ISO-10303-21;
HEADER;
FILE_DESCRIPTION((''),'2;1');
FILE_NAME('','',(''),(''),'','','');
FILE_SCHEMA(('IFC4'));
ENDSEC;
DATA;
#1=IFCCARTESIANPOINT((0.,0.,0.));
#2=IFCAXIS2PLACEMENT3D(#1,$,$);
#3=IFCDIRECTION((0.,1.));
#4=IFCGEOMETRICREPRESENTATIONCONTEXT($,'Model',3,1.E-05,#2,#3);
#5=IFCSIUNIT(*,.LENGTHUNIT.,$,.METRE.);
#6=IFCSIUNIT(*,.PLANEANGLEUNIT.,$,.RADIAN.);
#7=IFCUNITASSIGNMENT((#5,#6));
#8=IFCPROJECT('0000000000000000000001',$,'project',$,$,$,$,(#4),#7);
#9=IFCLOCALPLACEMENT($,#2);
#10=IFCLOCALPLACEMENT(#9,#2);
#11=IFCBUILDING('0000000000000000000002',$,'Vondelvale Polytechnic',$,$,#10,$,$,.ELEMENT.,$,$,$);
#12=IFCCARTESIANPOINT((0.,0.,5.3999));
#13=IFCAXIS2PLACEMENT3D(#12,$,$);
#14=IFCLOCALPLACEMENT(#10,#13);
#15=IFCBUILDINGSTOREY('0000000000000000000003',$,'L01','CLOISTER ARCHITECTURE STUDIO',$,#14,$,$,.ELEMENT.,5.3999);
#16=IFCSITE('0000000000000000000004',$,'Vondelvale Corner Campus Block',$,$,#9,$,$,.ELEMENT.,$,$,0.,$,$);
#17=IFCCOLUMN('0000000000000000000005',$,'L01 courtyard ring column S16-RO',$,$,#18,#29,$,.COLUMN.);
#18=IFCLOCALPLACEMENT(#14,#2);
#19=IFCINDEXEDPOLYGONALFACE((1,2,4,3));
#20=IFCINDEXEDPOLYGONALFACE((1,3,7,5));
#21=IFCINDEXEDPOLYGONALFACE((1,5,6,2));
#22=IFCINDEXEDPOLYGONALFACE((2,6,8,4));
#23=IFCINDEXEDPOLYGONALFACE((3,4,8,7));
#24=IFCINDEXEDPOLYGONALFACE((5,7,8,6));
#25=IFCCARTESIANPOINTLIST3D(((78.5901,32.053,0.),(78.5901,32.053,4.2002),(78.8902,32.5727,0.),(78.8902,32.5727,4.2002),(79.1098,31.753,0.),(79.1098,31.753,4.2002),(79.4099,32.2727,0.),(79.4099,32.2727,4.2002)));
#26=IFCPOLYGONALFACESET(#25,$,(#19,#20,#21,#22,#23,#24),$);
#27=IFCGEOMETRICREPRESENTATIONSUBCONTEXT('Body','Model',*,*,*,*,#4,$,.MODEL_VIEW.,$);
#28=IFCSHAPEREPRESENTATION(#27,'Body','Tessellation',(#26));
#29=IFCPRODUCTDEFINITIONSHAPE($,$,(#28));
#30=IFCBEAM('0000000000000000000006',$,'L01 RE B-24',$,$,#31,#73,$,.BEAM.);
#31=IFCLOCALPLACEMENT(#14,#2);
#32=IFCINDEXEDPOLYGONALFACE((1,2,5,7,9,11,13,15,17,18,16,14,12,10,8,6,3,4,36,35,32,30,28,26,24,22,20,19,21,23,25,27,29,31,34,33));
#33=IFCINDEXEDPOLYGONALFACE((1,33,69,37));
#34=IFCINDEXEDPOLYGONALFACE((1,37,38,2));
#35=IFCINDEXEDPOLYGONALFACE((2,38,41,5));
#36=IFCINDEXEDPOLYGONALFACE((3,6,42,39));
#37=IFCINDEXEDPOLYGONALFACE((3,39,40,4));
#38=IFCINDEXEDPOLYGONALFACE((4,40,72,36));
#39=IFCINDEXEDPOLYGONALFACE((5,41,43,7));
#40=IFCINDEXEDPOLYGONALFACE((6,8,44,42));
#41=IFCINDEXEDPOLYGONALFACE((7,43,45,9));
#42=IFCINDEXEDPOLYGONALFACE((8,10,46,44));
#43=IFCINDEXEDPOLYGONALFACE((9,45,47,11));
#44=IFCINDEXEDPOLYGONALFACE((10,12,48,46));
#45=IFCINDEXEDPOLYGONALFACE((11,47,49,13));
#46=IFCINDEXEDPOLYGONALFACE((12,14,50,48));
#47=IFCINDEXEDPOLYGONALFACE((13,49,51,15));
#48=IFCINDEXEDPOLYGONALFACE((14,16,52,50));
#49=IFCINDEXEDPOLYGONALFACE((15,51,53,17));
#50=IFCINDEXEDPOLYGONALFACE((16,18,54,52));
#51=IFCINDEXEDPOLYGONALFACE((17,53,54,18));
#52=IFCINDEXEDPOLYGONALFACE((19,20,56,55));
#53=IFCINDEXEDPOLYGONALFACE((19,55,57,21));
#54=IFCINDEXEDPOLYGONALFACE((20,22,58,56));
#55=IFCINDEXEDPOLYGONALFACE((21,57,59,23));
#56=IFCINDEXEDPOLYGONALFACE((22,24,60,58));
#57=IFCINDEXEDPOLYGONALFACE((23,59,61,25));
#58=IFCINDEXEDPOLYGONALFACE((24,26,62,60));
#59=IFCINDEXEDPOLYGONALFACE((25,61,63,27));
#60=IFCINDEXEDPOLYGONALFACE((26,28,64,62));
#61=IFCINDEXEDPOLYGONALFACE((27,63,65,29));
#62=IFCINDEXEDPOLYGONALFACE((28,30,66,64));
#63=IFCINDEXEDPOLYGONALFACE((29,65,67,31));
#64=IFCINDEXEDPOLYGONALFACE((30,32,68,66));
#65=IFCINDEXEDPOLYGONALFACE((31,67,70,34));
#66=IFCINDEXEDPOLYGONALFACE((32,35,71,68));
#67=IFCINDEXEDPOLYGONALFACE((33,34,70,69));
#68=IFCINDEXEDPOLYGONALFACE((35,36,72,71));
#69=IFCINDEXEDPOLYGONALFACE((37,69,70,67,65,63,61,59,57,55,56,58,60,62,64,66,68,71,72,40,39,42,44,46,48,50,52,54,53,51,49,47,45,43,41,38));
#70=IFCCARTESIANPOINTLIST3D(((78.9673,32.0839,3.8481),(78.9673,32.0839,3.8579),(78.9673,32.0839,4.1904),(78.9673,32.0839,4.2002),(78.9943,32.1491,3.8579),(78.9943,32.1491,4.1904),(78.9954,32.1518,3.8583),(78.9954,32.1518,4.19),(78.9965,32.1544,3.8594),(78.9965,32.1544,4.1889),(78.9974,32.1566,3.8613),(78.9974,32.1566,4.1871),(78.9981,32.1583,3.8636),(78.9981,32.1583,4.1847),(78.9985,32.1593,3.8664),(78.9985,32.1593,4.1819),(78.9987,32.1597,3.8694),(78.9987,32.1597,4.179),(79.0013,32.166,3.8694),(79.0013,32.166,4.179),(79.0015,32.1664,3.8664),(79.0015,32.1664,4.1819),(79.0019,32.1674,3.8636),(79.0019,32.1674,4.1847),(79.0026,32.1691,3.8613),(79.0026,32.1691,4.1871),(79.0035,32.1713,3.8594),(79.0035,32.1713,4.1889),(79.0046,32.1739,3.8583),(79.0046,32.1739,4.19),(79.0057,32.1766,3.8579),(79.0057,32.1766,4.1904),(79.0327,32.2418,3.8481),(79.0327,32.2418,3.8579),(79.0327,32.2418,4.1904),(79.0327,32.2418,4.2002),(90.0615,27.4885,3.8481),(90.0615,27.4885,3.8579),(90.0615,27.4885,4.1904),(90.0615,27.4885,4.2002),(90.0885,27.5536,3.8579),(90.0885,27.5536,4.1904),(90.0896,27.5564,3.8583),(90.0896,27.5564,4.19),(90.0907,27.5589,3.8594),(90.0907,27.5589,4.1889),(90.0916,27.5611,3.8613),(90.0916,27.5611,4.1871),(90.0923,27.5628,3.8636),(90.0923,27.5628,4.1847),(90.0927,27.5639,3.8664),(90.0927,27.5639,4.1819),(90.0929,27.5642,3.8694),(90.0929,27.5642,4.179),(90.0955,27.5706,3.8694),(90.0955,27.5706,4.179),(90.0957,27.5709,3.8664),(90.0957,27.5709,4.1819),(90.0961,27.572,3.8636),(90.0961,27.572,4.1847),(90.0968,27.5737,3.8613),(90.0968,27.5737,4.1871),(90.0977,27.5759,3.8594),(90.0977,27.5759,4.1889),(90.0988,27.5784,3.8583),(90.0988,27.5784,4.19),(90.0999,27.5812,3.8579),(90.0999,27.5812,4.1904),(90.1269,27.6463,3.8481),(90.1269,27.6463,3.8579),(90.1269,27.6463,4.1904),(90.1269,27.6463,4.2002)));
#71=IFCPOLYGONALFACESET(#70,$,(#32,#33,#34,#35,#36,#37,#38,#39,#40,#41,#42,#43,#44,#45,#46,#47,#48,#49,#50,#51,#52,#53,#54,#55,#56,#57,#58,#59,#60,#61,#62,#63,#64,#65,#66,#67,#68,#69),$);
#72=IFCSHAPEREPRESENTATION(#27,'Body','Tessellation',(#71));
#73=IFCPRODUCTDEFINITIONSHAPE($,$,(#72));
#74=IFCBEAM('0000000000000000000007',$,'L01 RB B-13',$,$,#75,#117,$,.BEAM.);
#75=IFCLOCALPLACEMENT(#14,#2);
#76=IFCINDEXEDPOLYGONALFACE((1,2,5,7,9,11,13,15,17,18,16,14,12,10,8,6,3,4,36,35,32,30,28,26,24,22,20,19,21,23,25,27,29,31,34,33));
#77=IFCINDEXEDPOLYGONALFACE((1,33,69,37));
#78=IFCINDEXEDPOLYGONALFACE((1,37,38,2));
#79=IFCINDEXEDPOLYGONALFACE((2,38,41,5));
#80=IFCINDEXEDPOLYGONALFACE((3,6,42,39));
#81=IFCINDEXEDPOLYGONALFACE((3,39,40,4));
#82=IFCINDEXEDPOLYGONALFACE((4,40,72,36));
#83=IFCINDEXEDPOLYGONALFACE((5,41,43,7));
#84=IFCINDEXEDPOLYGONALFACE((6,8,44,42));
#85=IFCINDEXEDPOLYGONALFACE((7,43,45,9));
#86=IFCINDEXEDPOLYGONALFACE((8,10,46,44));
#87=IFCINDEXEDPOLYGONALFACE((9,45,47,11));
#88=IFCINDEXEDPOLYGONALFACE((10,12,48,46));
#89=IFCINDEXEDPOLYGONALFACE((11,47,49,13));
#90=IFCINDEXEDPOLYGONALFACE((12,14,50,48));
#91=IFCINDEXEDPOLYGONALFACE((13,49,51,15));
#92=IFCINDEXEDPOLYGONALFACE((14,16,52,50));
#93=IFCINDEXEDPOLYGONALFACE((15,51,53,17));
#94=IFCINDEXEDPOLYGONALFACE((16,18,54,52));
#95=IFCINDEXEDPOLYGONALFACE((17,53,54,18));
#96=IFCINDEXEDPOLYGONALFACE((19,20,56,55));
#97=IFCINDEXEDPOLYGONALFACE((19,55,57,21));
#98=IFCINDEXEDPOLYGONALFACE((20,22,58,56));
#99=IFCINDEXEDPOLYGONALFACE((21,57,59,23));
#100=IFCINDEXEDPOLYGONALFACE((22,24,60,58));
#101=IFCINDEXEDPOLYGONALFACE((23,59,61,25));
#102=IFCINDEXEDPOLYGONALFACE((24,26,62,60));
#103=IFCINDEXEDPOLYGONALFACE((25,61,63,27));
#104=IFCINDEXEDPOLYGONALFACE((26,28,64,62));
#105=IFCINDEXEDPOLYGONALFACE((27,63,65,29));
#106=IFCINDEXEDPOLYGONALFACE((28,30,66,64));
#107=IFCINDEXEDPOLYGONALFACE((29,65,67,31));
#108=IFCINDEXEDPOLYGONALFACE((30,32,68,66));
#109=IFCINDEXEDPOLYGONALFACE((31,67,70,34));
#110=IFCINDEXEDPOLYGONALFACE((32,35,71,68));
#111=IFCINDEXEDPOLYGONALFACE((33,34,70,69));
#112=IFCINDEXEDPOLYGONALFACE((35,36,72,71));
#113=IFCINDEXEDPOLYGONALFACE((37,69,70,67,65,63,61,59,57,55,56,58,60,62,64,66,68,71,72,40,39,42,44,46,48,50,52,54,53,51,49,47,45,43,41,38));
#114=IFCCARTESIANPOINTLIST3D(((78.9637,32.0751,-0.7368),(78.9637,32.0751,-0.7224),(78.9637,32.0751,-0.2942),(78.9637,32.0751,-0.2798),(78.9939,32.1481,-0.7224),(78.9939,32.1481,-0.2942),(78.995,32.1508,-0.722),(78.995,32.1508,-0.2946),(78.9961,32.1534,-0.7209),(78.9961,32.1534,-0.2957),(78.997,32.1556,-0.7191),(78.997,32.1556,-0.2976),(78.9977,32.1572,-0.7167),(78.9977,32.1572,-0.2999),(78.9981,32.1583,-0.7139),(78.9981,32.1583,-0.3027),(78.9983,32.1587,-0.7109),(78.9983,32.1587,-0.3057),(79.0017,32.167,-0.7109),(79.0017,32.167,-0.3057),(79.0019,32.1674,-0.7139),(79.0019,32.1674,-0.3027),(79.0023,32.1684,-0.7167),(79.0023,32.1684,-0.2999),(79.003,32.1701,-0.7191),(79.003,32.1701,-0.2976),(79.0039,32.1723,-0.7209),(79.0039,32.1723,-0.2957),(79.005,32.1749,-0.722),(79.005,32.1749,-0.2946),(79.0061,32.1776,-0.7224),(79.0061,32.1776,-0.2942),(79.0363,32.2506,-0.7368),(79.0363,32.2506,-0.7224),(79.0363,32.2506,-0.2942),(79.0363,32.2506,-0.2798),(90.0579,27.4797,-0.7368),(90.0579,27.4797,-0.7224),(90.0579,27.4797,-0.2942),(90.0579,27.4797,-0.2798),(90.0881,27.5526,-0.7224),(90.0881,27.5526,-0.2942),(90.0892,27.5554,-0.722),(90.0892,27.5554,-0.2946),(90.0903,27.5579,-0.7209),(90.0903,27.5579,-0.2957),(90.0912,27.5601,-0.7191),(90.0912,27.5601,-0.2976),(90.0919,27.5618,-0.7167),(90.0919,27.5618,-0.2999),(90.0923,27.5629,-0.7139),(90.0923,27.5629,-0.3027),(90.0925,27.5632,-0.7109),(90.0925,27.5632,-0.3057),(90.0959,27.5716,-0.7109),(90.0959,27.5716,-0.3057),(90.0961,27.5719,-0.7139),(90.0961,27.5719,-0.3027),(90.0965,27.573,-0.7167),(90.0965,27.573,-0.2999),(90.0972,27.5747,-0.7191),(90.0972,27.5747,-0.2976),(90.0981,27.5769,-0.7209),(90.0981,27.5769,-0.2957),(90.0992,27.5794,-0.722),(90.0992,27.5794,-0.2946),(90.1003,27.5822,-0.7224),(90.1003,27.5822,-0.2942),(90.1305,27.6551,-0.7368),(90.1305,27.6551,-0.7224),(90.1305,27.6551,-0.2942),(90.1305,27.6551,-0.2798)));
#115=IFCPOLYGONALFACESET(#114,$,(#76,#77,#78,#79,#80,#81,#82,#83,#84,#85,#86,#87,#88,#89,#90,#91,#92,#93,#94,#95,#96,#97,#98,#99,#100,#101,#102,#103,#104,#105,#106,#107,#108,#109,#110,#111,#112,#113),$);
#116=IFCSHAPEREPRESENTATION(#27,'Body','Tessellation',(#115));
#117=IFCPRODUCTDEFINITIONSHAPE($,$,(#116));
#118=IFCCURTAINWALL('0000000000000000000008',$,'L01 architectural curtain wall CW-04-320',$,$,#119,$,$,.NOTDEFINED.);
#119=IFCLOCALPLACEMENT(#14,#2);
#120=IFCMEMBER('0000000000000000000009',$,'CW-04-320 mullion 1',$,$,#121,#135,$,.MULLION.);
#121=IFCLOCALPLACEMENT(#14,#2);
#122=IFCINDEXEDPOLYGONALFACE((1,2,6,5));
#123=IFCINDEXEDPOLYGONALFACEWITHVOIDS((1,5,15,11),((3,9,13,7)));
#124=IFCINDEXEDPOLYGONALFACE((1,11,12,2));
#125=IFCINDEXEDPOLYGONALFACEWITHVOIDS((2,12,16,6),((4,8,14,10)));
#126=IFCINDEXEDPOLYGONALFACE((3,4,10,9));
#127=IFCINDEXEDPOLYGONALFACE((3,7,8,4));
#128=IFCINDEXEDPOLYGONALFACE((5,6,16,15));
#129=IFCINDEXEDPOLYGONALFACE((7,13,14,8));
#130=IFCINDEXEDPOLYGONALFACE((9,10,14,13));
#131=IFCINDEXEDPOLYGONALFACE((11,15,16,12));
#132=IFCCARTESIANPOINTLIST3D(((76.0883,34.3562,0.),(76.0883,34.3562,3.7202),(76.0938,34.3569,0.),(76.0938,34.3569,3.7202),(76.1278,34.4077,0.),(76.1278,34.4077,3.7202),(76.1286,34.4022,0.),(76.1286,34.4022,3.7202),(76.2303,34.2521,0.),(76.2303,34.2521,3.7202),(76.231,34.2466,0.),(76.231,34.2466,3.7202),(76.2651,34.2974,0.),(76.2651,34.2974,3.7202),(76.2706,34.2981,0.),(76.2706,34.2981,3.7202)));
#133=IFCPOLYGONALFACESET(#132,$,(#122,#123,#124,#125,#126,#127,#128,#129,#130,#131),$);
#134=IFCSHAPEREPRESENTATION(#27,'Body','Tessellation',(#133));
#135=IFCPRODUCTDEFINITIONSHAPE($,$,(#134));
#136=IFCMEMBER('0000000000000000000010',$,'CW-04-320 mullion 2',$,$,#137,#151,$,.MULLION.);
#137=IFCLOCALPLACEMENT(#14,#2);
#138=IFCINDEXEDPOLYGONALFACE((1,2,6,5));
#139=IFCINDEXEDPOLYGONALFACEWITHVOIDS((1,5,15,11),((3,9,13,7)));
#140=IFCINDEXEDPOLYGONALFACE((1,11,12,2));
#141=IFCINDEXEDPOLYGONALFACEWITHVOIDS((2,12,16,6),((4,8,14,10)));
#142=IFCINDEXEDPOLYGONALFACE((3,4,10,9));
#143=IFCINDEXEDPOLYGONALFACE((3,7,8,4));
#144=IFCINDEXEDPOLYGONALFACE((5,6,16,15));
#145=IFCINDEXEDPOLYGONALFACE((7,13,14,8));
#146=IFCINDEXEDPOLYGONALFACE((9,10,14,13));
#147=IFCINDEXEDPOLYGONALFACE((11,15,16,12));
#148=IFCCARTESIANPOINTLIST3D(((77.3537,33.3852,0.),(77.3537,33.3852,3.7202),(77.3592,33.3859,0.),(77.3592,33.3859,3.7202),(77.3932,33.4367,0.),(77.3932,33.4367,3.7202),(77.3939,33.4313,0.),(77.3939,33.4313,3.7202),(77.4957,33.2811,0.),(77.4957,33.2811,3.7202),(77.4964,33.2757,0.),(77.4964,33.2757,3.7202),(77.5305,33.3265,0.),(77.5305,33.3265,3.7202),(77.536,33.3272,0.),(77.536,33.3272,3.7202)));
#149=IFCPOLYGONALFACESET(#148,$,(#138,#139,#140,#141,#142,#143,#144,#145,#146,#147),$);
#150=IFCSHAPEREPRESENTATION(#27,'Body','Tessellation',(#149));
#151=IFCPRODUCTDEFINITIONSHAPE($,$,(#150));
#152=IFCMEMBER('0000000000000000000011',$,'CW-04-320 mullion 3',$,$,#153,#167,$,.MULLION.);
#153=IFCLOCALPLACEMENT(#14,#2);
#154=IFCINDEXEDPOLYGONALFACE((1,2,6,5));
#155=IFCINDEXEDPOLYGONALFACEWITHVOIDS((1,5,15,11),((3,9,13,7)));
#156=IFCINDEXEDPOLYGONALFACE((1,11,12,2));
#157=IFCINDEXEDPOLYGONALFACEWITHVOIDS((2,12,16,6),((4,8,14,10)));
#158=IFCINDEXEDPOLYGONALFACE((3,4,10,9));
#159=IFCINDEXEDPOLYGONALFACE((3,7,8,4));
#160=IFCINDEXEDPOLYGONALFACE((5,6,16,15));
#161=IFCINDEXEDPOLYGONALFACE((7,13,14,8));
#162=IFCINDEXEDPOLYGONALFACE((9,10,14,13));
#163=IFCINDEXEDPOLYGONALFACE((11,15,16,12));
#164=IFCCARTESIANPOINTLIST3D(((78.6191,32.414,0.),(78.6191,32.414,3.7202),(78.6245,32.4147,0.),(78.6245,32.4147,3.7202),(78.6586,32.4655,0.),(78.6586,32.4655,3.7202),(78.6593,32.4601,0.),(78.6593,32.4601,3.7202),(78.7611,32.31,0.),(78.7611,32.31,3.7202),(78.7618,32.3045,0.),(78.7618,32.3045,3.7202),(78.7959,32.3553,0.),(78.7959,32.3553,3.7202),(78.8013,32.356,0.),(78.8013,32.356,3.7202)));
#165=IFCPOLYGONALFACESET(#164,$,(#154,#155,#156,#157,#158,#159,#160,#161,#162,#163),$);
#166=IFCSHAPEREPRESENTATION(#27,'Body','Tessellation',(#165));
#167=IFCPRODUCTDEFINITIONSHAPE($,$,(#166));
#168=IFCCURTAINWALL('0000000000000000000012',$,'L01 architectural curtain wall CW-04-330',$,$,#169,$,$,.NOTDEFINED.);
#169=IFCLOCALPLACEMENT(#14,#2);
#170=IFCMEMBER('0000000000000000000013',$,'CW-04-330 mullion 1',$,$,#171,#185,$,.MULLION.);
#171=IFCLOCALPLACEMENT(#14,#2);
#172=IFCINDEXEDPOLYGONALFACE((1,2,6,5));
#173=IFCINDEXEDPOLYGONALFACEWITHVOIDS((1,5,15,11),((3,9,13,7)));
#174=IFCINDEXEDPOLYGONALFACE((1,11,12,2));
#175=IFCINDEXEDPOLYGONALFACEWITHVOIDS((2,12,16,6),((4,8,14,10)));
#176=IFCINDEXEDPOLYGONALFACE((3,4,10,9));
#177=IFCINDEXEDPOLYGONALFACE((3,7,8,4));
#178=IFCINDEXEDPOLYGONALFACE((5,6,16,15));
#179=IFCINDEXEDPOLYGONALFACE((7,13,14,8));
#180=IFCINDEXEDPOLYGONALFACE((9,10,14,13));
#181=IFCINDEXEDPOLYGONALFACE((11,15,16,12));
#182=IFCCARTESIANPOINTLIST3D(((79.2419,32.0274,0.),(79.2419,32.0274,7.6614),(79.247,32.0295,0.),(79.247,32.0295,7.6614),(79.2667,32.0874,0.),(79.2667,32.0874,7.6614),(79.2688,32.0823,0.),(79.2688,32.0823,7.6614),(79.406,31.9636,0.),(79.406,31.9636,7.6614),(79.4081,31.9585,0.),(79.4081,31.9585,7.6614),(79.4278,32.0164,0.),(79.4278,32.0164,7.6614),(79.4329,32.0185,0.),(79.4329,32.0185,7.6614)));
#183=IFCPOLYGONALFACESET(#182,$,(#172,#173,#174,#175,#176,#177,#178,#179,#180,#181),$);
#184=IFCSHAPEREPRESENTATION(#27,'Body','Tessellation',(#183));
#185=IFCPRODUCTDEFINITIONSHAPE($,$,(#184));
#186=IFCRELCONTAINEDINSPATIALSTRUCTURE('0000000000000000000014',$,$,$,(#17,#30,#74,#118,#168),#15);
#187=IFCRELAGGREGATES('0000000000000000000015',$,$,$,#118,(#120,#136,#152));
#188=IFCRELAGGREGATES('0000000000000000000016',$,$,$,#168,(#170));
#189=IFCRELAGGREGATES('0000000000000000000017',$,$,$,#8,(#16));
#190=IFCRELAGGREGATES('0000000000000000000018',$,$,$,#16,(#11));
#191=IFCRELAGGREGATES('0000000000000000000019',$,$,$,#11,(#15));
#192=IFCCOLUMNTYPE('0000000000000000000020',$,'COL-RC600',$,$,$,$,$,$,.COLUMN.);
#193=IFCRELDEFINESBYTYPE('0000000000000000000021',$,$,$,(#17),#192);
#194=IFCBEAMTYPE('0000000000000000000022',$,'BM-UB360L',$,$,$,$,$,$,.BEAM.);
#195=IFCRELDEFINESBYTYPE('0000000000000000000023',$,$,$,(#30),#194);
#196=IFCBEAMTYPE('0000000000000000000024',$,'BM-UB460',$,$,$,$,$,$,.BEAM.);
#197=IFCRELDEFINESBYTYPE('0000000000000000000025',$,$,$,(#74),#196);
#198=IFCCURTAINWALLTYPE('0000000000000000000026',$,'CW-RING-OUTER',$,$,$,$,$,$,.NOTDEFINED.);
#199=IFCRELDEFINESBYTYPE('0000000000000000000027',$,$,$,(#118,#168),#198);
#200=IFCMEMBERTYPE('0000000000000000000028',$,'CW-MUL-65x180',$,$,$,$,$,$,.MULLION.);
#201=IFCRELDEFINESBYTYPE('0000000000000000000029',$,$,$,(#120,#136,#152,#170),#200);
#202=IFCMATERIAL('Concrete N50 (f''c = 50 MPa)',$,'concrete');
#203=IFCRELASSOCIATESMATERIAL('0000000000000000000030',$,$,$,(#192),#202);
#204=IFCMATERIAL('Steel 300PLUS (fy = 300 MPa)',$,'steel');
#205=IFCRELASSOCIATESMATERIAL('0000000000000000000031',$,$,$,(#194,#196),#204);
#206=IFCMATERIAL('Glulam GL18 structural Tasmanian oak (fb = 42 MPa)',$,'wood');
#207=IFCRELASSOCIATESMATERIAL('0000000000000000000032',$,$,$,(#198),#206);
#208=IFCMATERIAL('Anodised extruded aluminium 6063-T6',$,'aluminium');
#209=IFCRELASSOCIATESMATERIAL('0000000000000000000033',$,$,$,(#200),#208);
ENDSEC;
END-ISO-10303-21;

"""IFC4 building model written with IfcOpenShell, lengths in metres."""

from ifc_helpers import new_model, si_unit, direction, frame, origin, origin_2d, place, context, subcontext, project, spatial, rectangle, hollow_rectangle, i_section, extrude, material, material_profile, profile_set, type_object, element, aggregate, save


model = new_model("IFC4")

# Units and contexts
model_context = context("Model", 3, precision=1e-05, world=origin(), true_north=direction((0.0, 1.0)))
body_context = subcontext(model_context, "Body", "Model", "MODEL_VIEW")
ifc_project = project(units=[si_unit("LENGTHUNIT", "METRE"), si_unit("PLANEANGLEUNIT", "RADIAN")], contexts=[model_context])

# Site, building, storey
site_placement = place(None, origin())
site = spatial("IfcSite", under=ifc_project, at=site_placement, Name="Vondelvale Corner Campus Block", CompositionType="ELEMENT", RefElevation=0.0)
building_placement = place(site_placement, origin())
building = spatial("IfcBuilding", under=site, at=building_placement, Name="Vondelvale Polytechnic", CompositionType="ELEMENT")
storey_placement = place(building_placement, frame((0.0, 0.0, 5.3999)))
storey = spatial("IfcBuildingStorey", under=building, at=storey_placement, Name="L01", Description="CLOISTER ARCHITECTURE STUDIO", CompositionType="ELEMENT", Elevation=5.3999)

# Column
ifc_material_1 = material(Name="Concrete N50 (f'c = 50 MPa)", Category="concrete")
ifc_material_profile_1 = material_profile(ifc_material_1, rectangle(XDim=0.6001, YDim=0.6001, at=origin_2d()), Name="RC-COL-600x600")
ifc_profile_set_1 = profile_set([ifc_material_profile_1], Name="Concrete N50 (f'c = 50 MPa)")
column_type = type_object("IfcColumnType", Name="COL-RC600", PredefinedType="COLUMN", material=ifc_profile_set_1)
column_placement = place(storey_placement, frame((79.0, 32.1628, 0.0), z_axis=(0.0, 0.0, 1.0), x_axis=(0.5, 0.866025, 0.0)))
element("IfcColumn", 1, at=column_placement, inside=storey, type_object=column_type, Name="L01 courtyard ring column S16-RO", PredefinedType="COLUMN", context=body_context, shape_type="SweptSolid", body=[
    extrude(rectangle(XDim=0.6001, YDim=0.6001, at=origin_2d()), origin(), (0.0, 0.0, 1.0), 4.2002),
])

# Beams
ifc_material_2 = material(Name="Steel 300PLUS (fy = 300 MPa)", Category="steel")
ifc_material_profile_2 = material_profile(ifc_material_2, i_section(OverallWidth=0.1709, OverallDepth=0.3521, WebThickness=0.0068, FlangeThickness=0.0098, FilletRadius=0.0115, at=origin_2d()), Name="360UB44.7")
ifc_profile_set_2 = profile_set([ifc_material_profile_2], Name="Steel 300PLUS (fy = 300 MPa)")
beam_type_1 = type_object("IfcBeamType", Name="BM-UB360L", PredefinedType="BEAM", material=ifc_profile_set_2)
beam_1_placement = place(storey_placement, frame((79.0, 32.1628, 4.0242), z_axis=(0.923877, -0.382689, 0.0), x_axis=(0.382689, 0.923877, 0.0)))
element("IfcBeam", 2, at=beam_1_placement, inside=storey, type_object=beam_type_1, Name="L01 RE B-24", PredefinedType="BEAM", context=body_context, shape_type="SweptSolid", body=[
    extrude(i_section(OverallWidth=0.1709, OverallDepth=0.3521, WebThickness=0.0068, FlangeThickness=0.0098, FilletRadius=0.0115, at=origin_2d()), origin(), (0.0, 0.0, 1.0), 12.0083),
])
ifc_material_profile_3 = material_profile(ifc_material_2, i_section(OverallWidth=0.1899, OverallDepth=0.457, WebThickness=0.009, FlangeThickness=0.0144, FilletRadius=0.0115, at=origin_2d()), Name="460UB74.6")
ifc_profile_set_3 = profile_set([ifc_material_profile_3], Name="Steel 300PLUS (fy = 300 MPa)")
beam_type_2 = type_object("IfcBeamType", Name="BM-UB460", PredefinedType="BEAM", material=ifc_profile_set_3)
beam_2_placement = place(storey_placement, frame((79.0, 32.1628, -0.5083), z_axis=(0.923877, -0.382689, 0.0), x_axis=(0.382689, 0.923877, 0.0)))
element("IfcBeam", 3, at=beam_2_placement, inside=storey, type_object=beam_type_2, Name="L01 RB B-13", PredefinedType="BEAM", context=body_context, shape_type="SweptSolid", body=[
    extrude(i_section(OverallWidth=0.1899, OverallDepth=0.457, WebThickness=0.009, FlangeThickness=0.0144, FilletRadius=0.0115, at=origin_2d()), origin(), (0.0, 0.0, 1.0), 12.0083),
])

# Curtain walls, members
ifc_material_3 = material(Name="Glulam GL18 structural Tasmanian oak (fb = 42 MPa)", Category="wood")
curtain_wall_type = type_object("IfcCurtainWallType", Name="CW-RING-OUTER", PredefinedType="NOTDEFINED", material=ifc_material_3)
curtain_wall_1_placement = place(storey_placement, origin())
curtain_wall_1 = element("IfcCurtainWall", 4, at=curtain_wall_1_placement, inside=storey, type_object=curtain_wall_type, Name="L01 architectural curtain wall CW-04-320", PredefinedType="NOTDEFINED")
ifc_material_4 = material(Name="Anodised extruded aluminium 6063-T6", Category="aluminium")
ifc_material_profile_4 = material_profile(ifc_material_4, hollow_rectangle(XDim=0.0649, YDim=0.1799, WallThickness=0.0039, at=origin_2d()), Name="CW-MUL-180x65")
ifc_profile_set_4 = profile_set([ifc_material_profile_4], Name="Anodised extruded aluminium 6063-T6")
member_type_1 = type_object("IfcMemberType", Name="CW-MUL-65x180", PredefinedType="MULLION", material=ifc_profile_set_4)
member_1_placement = place(storey_placement, frame((76.1794, 34.3271, 0.0), z_axis=(0.0, 0.0, 1.0), x_axis=(0.608787, 0.793334, 0.0)))
member_1 = element("IfcMember", 5, at=member_1_placement, type_object=member_type_1, Name="CW-04-320 mullion 1", PredefinedType="MULLION", context=body_context, shape_type="SweptSolid", body=[
    extrude(hollow_rectangle(XDim=0.0649, YDim=0.1799, WallThickness=0.0039, at=origin_2d()), origin(), (0.0, 0.0, 1.0), 3.7202),
])
member_2_placement = place(storey_placement, frame((77.4448, 33.3562, 0.0), z_axis=(0.0, 0.0, 1.0), x_axis=(0.608787, 0.793334, 0.0)))
member_2 = element("IfcMember", 6, at=member_2_placement, type_object=member_type_1, Name="CW-04-320 mullion 2", PredefinedType="MULLION", context=body_context, shape_type="SweptSolid", body=[
    extrude(hollow_rectangle(XDim=0.0649, YDim=0.1799, WallThickness=0.0039, at=origin_2d()), origin(), (0.0, 0.0, 1.0), 3.7202),
])
member_3_placement = place(storey_placement, frame((78.7102, 32.385, 0.0), z_axis=(0.0, 0.0, 1.0), x_axis=(0.608787, 0.793334, 0.0)))
member_3 = element("IfcMember", 7, at=member_3_placement, type_object=member_type_1, Name="CW-04-320 mullion 3", PredefinedType="MULLION", context=body_context, shape_type="SweptSolid", body=[
    extrude(hollow_rectangle(XDim=0.0649, YDim=0.1799, WallThickness=0.0039, at=origin_2d()), origin(), (0.0, 0.0, 1.0), 3.7202),
])
curtain_wall_2_placement = place(storey_placement, origin())
curtain_wall_2 = element("IfcCurtainWall", 8, at=curtain_wall_2_placement, inside=storey, type_object=curtain_wall_type, Name="L01 architectural curtain wall CW-04-330", PredefinedType="NOTDEFINED")
member_4_placement = place(storey_placement, frame((79.3374, 32.0229, 0.0), z_axis=(0.0, 0.0, 1.0), x_axis=(0.382677, 0.923882, 0.0)))
member_4 = element("IfcMember", 9, at=member_4_placement, type_object=member_type_1, Name="CW-04-330 mullion 1", PredefinedType="MULLION", context=body_context, shape_type="SweptSolid", body=[
    extrude(hollow_rectangle(XDim=0.0649, YDim=0.1799, WallThickness=0.0039, at=origin_2d()), origin(), (0.0, 0.0, 1.0), 7.6614),
])

aggregate(curtain_wall_1, [member_1, member_2, member_3])
aggregate(curtain_wall_2, [member_4])

save(model, "model.ifc")
